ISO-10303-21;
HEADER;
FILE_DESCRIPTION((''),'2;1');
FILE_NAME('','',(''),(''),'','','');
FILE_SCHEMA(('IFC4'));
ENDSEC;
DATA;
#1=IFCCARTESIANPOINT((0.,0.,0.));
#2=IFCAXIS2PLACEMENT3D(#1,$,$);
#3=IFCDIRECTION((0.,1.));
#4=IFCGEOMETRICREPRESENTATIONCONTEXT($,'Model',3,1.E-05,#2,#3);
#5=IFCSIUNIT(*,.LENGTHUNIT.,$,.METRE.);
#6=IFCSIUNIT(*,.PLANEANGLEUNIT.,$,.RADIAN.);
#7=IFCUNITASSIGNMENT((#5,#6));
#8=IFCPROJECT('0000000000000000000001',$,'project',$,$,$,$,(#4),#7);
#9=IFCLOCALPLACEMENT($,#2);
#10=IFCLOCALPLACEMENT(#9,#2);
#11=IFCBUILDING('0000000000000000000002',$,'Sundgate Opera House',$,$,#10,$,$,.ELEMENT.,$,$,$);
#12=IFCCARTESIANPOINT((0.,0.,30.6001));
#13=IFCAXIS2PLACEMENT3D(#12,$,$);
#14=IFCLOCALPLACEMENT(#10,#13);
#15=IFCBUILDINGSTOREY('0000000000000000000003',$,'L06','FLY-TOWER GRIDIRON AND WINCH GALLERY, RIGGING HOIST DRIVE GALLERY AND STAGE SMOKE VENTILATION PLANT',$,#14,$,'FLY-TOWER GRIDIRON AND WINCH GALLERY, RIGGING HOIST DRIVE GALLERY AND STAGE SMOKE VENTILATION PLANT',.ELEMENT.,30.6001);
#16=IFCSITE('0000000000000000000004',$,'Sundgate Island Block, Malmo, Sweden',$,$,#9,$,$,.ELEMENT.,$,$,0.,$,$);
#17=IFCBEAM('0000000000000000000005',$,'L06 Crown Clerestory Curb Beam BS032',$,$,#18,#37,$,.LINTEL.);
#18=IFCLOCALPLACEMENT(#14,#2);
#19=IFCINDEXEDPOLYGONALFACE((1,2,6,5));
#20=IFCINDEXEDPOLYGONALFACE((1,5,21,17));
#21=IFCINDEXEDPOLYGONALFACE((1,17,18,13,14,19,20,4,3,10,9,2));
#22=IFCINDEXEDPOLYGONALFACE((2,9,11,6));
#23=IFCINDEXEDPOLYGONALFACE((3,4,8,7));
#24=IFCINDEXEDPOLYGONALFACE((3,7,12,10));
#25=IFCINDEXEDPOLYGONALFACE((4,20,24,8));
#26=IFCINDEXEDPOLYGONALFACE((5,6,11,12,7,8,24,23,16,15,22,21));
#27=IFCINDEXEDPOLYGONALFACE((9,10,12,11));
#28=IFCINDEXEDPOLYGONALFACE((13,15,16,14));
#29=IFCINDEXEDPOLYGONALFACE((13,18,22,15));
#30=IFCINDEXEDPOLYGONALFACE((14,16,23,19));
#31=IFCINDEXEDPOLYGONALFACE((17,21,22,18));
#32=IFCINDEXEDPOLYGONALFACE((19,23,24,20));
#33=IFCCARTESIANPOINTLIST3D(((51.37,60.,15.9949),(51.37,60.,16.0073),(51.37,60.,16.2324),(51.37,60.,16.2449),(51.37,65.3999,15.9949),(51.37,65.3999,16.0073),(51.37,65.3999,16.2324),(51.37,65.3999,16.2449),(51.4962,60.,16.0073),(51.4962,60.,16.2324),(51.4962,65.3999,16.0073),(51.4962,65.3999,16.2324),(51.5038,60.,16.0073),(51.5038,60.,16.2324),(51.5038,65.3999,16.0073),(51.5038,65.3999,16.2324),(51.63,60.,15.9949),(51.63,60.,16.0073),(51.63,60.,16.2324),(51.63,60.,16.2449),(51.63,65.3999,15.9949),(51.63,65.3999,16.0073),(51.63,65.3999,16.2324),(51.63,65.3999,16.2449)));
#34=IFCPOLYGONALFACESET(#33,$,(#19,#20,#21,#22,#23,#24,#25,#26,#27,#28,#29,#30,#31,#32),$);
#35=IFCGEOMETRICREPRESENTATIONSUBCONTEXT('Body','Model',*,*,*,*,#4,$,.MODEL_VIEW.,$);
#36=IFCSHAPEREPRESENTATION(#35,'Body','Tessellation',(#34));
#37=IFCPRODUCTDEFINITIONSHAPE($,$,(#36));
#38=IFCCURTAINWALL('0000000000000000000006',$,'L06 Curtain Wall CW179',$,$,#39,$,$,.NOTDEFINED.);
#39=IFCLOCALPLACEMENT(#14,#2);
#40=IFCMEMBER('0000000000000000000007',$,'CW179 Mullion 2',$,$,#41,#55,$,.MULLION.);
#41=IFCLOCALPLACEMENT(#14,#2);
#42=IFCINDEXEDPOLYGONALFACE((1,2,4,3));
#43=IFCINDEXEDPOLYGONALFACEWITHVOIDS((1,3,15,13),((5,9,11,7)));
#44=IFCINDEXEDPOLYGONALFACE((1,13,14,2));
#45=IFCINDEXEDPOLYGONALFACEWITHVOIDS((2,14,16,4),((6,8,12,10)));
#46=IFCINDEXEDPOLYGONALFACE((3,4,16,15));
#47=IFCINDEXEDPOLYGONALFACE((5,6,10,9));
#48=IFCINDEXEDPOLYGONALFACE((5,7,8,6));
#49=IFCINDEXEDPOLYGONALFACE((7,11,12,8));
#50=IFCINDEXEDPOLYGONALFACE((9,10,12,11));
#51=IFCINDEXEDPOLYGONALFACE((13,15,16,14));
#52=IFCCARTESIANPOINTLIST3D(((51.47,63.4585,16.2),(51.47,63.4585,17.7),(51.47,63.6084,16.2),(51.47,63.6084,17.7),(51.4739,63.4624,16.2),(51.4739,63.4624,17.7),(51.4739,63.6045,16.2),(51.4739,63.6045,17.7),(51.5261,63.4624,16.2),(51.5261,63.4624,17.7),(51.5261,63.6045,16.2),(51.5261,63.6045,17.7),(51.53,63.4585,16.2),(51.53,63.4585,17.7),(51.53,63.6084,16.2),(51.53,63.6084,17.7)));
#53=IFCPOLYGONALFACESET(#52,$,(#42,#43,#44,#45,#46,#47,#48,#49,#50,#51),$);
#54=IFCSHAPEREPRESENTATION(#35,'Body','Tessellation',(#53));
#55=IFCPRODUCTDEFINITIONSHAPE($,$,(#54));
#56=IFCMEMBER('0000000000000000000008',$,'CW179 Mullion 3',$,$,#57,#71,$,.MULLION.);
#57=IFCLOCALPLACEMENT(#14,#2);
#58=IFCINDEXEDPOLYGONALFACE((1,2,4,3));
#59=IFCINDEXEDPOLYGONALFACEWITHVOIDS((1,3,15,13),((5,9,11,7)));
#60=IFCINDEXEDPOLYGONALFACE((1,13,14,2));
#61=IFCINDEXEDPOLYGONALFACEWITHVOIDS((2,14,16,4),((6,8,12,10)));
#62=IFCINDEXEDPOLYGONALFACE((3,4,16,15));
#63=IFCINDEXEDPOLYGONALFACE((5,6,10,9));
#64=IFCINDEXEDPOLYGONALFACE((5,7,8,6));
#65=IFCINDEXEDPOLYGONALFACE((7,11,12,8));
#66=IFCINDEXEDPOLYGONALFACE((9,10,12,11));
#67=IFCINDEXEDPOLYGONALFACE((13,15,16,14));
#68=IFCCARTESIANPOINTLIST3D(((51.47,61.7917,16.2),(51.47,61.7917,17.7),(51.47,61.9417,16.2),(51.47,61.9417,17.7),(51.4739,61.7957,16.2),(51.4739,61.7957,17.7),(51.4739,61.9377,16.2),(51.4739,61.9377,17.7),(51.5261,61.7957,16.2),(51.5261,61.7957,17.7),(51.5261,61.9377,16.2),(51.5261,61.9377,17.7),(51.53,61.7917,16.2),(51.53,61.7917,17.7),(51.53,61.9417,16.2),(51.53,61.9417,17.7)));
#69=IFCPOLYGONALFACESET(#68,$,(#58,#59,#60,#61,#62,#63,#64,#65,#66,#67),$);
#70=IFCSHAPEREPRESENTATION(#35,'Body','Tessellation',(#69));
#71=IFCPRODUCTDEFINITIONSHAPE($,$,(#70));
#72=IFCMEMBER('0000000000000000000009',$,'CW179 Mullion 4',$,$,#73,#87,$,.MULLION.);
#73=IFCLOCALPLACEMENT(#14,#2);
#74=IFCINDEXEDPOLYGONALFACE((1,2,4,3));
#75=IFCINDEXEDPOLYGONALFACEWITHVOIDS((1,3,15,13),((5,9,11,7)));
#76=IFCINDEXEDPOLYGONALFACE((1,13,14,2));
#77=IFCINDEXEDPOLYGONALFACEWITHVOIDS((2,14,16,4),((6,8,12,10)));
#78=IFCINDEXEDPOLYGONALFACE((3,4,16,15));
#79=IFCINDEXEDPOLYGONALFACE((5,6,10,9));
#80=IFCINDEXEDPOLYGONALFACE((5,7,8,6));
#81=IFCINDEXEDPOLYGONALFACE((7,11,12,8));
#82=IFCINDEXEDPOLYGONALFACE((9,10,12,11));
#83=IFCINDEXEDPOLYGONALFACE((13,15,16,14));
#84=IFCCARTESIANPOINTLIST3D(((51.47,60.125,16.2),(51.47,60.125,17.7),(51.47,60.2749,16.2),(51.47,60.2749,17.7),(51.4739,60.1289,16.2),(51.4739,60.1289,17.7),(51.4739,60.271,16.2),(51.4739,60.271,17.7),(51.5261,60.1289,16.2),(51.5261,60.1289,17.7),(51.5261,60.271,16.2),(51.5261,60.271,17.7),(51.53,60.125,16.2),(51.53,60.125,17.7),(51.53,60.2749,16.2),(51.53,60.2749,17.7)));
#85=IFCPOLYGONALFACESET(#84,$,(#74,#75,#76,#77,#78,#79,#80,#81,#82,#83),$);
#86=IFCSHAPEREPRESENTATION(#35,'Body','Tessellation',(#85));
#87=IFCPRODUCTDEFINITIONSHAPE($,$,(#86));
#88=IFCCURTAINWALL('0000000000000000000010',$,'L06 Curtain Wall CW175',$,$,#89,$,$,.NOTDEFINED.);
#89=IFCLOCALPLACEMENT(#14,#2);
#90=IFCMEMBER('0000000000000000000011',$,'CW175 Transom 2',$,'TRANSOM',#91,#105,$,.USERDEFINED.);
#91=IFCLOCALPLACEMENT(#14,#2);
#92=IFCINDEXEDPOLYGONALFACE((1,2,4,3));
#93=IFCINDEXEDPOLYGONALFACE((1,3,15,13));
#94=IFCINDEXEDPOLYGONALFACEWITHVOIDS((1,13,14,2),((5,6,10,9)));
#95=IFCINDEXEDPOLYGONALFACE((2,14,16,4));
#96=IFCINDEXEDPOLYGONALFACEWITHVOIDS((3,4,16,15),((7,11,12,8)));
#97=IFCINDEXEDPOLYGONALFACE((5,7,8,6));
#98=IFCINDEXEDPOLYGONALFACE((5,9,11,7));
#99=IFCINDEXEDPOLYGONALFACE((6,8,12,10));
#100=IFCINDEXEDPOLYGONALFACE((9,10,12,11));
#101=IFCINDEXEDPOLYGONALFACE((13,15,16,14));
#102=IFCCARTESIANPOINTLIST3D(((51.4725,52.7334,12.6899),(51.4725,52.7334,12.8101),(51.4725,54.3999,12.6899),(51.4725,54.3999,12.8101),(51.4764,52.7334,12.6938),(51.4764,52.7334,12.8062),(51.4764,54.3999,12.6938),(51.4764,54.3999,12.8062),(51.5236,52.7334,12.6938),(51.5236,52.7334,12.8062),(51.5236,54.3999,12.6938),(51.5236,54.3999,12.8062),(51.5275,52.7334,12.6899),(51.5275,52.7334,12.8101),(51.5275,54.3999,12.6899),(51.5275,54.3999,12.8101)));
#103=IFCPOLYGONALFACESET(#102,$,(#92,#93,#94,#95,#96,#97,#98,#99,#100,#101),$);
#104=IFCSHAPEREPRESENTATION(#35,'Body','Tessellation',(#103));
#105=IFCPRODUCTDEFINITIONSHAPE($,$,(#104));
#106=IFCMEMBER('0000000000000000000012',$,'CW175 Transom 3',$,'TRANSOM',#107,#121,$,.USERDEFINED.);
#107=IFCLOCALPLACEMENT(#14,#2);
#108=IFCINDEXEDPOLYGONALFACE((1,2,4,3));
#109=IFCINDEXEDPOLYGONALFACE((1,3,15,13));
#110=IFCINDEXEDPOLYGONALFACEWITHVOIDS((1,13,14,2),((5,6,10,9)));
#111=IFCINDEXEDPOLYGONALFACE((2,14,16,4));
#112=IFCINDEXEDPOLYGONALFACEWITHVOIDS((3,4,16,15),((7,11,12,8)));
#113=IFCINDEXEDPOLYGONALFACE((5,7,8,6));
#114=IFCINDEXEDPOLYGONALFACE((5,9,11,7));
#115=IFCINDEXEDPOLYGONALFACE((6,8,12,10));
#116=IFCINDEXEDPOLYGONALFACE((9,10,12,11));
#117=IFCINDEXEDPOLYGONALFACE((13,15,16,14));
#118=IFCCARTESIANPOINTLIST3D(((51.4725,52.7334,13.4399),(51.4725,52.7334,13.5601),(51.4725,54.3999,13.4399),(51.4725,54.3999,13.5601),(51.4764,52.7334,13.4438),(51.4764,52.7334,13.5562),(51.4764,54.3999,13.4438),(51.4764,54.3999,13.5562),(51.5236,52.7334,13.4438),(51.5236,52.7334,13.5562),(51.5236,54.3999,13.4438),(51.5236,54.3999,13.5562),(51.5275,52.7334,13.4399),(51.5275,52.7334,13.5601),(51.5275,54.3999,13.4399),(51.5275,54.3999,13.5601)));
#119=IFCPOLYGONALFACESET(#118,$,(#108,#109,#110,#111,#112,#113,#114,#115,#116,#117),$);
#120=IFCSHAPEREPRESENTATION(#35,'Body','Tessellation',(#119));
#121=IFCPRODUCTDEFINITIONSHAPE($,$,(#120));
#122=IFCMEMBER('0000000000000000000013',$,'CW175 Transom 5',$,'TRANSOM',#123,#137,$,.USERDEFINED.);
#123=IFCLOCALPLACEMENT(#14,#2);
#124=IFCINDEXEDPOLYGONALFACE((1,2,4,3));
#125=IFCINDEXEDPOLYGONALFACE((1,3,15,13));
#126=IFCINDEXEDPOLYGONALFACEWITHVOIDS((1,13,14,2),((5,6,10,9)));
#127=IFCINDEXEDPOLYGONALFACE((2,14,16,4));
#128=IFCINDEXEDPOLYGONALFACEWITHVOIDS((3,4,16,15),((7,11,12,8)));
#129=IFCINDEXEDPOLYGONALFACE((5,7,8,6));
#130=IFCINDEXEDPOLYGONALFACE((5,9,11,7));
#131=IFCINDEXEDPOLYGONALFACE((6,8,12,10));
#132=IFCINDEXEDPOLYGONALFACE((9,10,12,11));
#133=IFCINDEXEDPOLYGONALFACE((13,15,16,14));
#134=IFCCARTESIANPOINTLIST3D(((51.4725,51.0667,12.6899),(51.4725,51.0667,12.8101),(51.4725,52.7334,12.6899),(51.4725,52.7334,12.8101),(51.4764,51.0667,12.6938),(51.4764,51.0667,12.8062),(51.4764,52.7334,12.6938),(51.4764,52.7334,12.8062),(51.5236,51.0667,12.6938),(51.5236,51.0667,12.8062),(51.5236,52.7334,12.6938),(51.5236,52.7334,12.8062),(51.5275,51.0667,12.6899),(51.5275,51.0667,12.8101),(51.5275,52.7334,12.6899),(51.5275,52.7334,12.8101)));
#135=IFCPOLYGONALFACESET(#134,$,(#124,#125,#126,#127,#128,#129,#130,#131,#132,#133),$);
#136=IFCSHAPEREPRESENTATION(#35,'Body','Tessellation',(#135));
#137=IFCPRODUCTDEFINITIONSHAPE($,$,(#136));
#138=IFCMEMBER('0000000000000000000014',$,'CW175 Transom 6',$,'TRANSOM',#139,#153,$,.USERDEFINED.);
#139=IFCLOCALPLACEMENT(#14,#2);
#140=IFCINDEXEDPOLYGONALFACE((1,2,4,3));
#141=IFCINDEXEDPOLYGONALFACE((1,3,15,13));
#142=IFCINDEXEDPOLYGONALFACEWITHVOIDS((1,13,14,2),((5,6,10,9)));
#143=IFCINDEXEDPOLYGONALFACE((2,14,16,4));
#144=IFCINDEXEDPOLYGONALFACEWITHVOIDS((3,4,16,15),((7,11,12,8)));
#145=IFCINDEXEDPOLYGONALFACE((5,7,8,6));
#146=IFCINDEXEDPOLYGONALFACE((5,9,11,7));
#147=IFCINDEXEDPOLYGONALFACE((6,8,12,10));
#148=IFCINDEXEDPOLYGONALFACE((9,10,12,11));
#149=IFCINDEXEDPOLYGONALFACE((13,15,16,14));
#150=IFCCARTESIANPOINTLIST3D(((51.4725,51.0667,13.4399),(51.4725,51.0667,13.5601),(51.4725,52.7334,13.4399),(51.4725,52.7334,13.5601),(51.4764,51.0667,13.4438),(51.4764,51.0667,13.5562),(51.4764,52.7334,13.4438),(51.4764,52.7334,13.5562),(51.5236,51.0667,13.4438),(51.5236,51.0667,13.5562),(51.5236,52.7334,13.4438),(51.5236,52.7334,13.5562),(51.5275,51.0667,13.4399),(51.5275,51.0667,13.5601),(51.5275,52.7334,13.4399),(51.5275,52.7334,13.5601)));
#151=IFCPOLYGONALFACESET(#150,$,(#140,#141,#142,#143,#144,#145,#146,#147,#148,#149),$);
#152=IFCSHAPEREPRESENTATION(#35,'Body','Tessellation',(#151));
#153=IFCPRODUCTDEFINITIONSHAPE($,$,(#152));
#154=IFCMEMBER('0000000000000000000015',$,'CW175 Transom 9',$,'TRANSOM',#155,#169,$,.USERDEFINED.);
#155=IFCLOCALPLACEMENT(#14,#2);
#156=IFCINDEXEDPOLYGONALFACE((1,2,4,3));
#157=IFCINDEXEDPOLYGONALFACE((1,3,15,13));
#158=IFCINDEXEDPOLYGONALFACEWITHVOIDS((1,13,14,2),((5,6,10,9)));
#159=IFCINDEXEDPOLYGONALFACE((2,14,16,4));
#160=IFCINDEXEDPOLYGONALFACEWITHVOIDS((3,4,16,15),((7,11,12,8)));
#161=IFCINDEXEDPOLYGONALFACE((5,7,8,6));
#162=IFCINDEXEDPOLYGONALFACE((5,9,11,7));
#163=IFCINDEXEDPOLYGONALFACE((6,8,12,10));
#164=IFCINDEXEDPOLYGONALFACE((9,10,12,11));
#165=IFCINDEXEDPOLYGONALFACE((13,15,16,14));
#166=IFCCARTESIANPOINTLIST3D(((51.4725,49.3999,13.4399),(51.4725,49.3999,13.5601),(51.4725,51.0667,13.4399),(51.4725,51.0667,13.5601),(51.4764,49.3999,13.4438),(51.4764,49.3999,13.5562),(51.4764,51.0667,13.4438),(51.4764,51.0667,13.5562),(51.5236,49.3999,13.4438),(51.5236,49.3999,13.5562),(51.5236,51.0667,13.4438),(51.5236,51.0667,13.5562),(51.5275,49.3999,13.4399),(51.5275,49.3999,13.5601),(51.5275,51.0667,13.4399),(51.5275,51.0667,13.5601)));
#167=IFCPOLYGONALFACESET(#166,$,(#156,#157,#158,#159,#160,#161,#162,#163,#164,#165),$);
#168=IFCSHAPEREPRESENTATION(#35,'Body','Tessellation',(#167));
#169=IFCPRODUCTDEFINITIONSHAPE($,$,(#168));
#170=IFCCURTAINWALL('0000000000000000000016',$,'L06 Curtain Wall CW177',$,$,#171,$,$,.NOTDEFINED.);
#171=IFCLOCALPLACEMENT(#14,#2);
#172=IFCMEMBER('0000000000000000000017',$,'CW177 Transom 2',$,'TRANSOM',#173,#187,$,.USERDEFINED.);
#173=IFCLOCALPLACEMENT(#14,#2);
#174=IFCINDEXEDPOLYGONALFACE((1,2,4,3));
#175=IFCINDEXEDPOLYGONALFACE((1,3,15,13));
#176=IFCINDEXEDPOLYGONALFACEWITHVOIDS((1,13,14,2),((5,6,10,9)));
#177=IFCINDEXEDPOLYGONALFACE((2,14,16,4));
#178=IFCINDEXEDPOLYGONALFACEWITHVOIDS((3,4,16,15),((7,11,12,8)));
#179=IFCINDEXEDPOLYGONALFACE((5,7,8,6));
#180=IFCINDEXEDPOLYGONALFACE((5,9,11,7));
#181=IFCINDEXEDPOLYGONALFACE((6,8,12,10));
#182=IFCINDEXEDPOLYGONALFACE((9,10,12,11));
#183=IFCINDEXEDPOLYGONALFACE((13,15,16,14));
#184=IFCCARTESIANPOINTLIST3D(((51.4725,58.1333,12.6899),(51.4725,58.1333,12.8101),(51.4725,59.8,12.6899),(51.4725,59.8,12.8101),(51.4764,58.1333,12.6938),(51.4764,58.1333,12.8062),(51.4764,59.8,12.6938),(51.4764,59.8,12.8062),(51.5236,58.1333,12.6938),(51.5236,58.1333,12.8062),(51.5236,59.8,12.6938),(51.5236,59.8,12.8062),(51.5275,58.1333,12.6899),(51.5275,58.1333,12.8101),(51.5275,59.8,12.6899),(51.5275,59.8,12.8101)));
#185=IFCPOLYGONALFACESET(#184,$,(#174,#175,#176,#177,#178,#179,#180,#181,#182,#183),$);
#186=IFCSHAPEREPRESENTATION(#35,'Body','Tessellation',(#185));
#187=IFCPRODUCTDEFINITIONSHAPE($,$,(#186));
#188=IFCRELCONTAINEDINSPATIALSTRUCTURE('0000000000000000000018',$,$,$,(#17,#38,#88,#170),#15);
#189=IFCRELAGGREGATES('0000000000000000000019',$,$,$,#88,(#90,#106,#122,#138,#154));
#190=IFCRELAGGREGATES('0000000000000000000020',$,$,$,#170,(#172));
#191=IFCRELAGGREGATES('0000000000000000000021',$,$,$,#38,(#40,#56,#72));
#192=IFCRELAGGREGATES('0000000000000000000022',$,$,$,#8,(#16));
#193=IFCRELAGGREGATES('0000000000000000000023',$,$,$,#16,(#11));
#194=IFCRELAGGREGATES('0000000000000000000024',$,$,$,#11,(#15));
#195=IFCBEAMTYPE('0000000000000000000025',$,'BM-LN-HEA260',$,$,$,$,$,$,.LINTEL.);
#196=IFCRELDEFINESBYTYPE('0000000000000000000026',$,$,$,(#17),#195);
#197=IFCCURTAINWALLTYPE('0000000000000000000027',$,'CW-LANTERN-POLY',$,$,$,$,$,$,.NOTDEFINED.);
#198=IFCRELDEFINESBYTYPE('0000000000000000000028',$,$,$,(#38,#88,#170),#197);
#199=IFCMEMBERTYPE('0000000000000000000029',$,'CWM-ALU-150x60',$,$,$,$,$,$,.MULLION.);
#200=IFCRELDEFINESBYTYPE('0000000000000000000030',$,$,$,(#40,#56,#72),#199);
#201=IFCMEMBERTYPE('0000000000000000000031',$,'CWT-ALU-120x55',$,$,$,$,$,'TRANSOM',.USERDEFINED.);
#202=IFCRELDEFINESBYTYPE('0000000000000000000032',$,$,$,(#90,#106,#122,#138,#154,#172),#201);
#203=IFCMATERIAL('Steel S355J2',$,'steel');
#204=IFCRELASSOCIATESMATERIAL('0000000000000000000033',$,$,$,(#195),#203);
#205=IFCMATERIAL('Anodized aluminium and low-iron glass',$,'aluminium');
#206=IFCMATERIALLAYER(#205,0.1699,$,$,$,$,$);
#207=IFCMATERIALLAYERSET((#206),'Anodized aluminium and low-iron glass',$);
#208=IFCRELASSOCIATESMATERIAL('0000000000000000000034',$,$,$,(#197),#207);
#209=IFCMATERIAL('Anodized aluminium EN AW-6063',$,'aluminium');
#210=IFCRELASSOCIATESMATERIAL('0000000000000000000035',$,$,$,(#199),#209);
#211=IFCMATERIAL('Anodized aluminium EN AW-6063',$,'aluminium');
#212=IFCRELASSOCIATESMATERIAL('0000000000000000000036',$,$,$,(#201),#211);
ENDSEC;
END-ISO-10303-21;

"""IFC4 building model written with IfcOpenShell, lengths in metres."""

from ifc_helpers import new_model, si_unit, direction, frame, origin, origin_2d, place, context, subcontext, project, spatial, hollow_rectangle, i_section, extrude, material, layer, layer_set, material_profile, profile_set, type_object, element, aggregate, save


model = new_model("IFC4")

# Units and contexts
model_context = context("Model", 3, precision=1e-05, world=origin(), true_north=direction((0.0, 1.0)))
body_context = subcontext(model_context, "Body", "Model", "MODEL_VIEW")
ifc_project = project(units=[si_unit("LENGTHUNIT", "METRE"), si_unit("PLANEANGLEUNIT", "RADIAN")], contexts=[model_context])

# Site, building, storey
site_placement = place(None, origin())
site = spatial("IfcSite", under=ifc_project, at=site_placement, Name="Sundgate Island Block, Malmo, Sweden", CompositionType="ELEMENT", RefElevation=0.0)
building_placement = place(site_placement, origin())
building = spatial("IfcBuilding", under=site, at=building_placement, Name="Sundgate Opera House", CompositionType="ELEMENT")
storey_placement = place(building_placement, frame((0.0, 0.0, 30.6001)))
storey = spatial("IfcBuildingStorey", under=building, at=storey_placement, Name="L06", Description="FLY-TOWER GRIDIRON AND WINCH GALLERY, RIGGING HOIST DRIVE GALLERY AND STAGE SMOKE VENTILATION PLANT", LongName="FLY-TOWER GRIDIRON AND WINCH GALLERY, RIGGING HOIST DRIVE GALLERY AND STAGE SMOKE VENTILATION PLANT", CompositionType="ELEMENT", Elevation=30.6001)

# Beam
ifc_material_1 = material(Name="Steel S355J2", Category="steel")
ifc_material_profile_1 = material_profile(ifc_material_1, i_section(OverallWidth=0.26, OverallDepth=0.25, WebThickness=0.0076, FlangeThickness=0.0125, at=origin_2d()), Name="HEA 260")
ifc_profile_set_1 = profile_set([ifc_material_profile_1], Name="Steel S355J2")
beam_type = type_object("IfcBeamType", Name="BM-LN-HEA260", PredefinedType="LINTEL", material=ifc_profile_set_1)
beam_placement = place(storey_placement, frame((51.5, 60.0, 16.1199), z_axis=(0.0, 1.0, 0.0), x_axis=(-1.0, 0.0, 0.0)))
element("IfcBeam", 1, at=beam_placement, inside=storey, type_object=beam_type, Name="L06 Crown Clerestory Curb Beam BS032", PredefinedType="LINTEL", context=body_context, shape_type="SweptSolid", body=[
    extrude(i_section(OverallWidth=0.26, OverallDepth=0.25, WebThickness=0.0076, FlangeThickness=0.0125, at=origin_2d()), origin(), (0.0, 0.0, 1.0), 5.3999),
])

# Curtain walls, members
ifc_material_2 = material(Name="Anodized aluminium and low-iron glass", Category="aluminium")
ifc_layer_1 = layer(ifc_material_2, 0.1699)
ifc_layer_set_1 = layer_set([ifc_layer_1], Name="Anodized aluminium and low-iron glass")
curtain_wall_type = type_object("IfcCurtainWallType", Name="CW-LANTERN-POLY", PredefinedType="NOTDEFINED", material=ifc_layer_set_1)
curtain_wall_1_placement = place(storey_placement, origin())
curtain_wall_1 = element("IfcCurtainWall", 2, at=curtain_wall_1_placement, inside=storey, type_object=curtain_wall_type, Name="L06 Curtain Wall CW179", PredefinedType="NOTDEFINED")
ifc_material_3 = material(Name="Anodized aluminium EN AW-6063", Category="aluminium")
ifc_material_profile_2 = material_profile(ifc_material_3, hollow_rectangle(XDim=0.0601, YDim=0.1499, WallThickness=0.0039, at=origin_2d()), Name="CWM 150x60x4")
ifc_profile_set_2 = profile_set([ifc_material_profile_2], Name="Anodized aluminium EN AW-6063")
member_type_1 = type_object("IfcMemberType", Name="CWM-ALU-150x60", PredefinedType="MULLION", material=ifc_profile_set_2)
member_1_placement = place(storey_placement, frame((51.5, 63.5334, 16.2), z_axis=(0.0, 0.0, 1.0), x_axis=(1.0, 0.0, 0.0)))
member_1 = element("IfcMember", 3, at=member_1_placement, type_object=member_type_1, Name="CW179 Mullion 2", PredefinedType="MULLION", context=body_context, shape_type="SweptSolid", body=[
    extrude(hollow_rectangle(XDim=0.0601, YDim=0.1499, WallThickness=0.0039, at=origin_2d()), origin(), (0.0, 0.0, 1.0), 1.5),
])
member_2_placement = place(storey_placement, frame((51.5, 61.8667, 16.2), z_axis=(0.0, 0.0, 1.0), x_axis=(1.0, 0.0, 0.0)))
member_2 = element("IfcMember", 4, at=member_2_placement, type_object=member_type_1, Name="CW179 Mullion 3", PredefinedType="MULLION", context=body_context, shape_type="SweptSolid", body=[
    extrude(hollow_rectangle(XDim=0.0601, YDim=0.1499, WallThickness=0.0039, at=origin_2d()), origin(), (0.0, 0.0, 1.0), 1.5),
])
member_3_placement = place(storey_placement, frame((51.5, 60.2, 16.2), z_axis=(0.0, 0.0, 1.0), x_axis=(1.0, 0.0, 0.0)))
member_3 = element("IfcMember", 5, at=member_3_placement, type_object=member_type_1, Name="CW179 Mullion 4", PredefinedType="MULLION", context=body_context, shape_type="SweptSolid", body=[
    extrude(hollow_rectangle(XDim=0.0601, YDim=0.1499, WallThickness=0.0039, at=origin_2d()), origin(), (0.0, 0.0, 1.0), 1.5),
])
curtain_wall_2_placement = place(storey_placement, origin())
curtain_wall_2 = element("IfcCurtainWall", 6, at=curtain_wall_2_placement, inside=storey, type_object=curtain_wall_type, Name="L06 Curtain Wall CW175", PredefinedType="NOTDEFINED")
ifc_material_4 = material(Name="Anodized aluminium EN AW-6063", Category="aluminium")
ifc_material_profile_3 = material_profile(ifc_material_4, hollow_rectangle(XDim=0.0549, YDim=0.1201, WallThickness=0.0039, at=origin_2d()), Name="CWT 120x55x4")
ifc_profile_set_3 = profile_set([ifc_material_profile_3], Name="Anodized aluminium EN AW-6063")
member_type_2 = type_object("IfcMemberType", Name="CWT-ALU-120x55", ElementType="TRANSOM", PredefinedType="USERDEFINED", material=ifc_profile_set_3)
member_4_placement = place(storey_placement, frame((51.5, 54.3999, 12.75), z_axis=(0.0, -1.0, 0.0), x_axis=(1.0, 0.0, 0.0)))
member_4 = element("IfcMember", 7, at=member_4_placement, type_object=member_type_2, Name="CW175 Transom 2", ObjectType="TRANSOM", PredefinedType="USERDEFINED", context=body_context, shape_type="SweptSolid", body=[
    extrude(hollow_rectangle(XDim=0.0549, YDim=0.1201, WallThickness=0.0039, at=origin_2d()), origin(), (0.0, 0.0, 1.0), 1.6665),
])
member_5_placement = place(storey_placement, frame((51.5, 54.3999, 13.5), z_axis=(0.0, -1.0, 0.0), x_axis=(1.0, 0.0, 0.0)))
member_5 = element("IfcMember", 8, at=member_5_placement, type_object=member_type_2, Name="CW175 Transom 3", ObjectType="TRANSOM", PredefinedType="USERDEFINED", context=body_context, shape_type="SweptSolid", body=[
    extrude(hollow_rectangle(XDim=0.0549, YDim=0.1201, WallThickness=0.0039, at=origin_2d()), origin(), (0.0, 0.0, 1.0), 1.6665),
])
member_6_placement = place(storey_placement, frame((51.5, 52.7334, 12.75), z_axis=(0.0, -1.0, 0.0), x_axis=(1.0, 0.0, 0.0)))
member_6 = element("IfcMember", 9, at=member_6_placement, type_object=member_type_2, Name="CW175 Transom 5", ObjectType="TRANSOM", PredefinedType="USERDEFINED", context=body_context, shape_type="SweptSolid", body=[
    extrude(hollow_rectangle(XDim=0.0549, YDim=0.1201, WallThickness=0.0039, at=origin_2d()), origin(), (0.0, 0.0, 1.0), 1.6667),
])
member_7_placement = place(storey_placement, frame((51.5, 52.7334, 13.5), z_axis=(0.0, -1.0, 0.0), x_axis=(1.0, 0.0, 0.0)))
member_7 = element("IfcMember", 10, at=member_7_placement, type_object=member_type_2, Name="CW175 Transom 6", ObjectType="TRANSOM", PredefinedType="USERDEFINED", context=body_context, shape_type="SweptSolid", body=[
    extrude(hollow_rectangle(XDim=0.0549, YDim=0.1201, WallThickness=0.0039, at=origin_2d()), origin(), (0.0, 0.0, 1.0), 1.6667),
])
member_8_placement = place(storey_placement, frame((51.5, 51.0667, 13.5), z_axis=(0.0, -1.0, 0.0), x_axis=(1.0, 0.0, 0.0)))
member_8 = element("IfcMember", 11, at=member_8_placement, type_object=member_type_2, Name="CW175 Transom 9", ObjectType="TRANSOM", PredefinedType="USERDEFINED", context=body_context, shape_type="SweptSolid", body=[
    extrude(hollow_rectangle(XDim=0.0549, YDim=0.1201, WallThickness=0.0039, at=origin_2d()), origin(), (0.0, 0.0, 1.0), 1.6667),
])
curtain_wall_3_placement = place(storey_placement, origin())
curtain_wall_3 = element("IfcCurtainWall", 12, at=curtain_wall_3_placement, inside=storey, type_object=curtain_wall_type, Name="L06 Curtain Wall CW177", PredefinedType="NOTDEFINED")
member_9_placement = place(storey_placement, frame((51.5, 59.8, 12.75), z_axis=(0.0, -1.0, 0.0), x_axis=(1.0, 0.0, 0.0)))
member_9 = element("IfcMember", 13, at=member_9_placement, type_object=member_type_2, Name="CW177 Transom 2", ObjectType="TRANSOM", PredefinedType="USERDEFINED", context=body_context, shape_type="SweptSolid", body=[
    extrude(hollow_rectangle(XDim=0.0549, YDim=0.1201, WallThickness=0.0039, at=origin_2d()), origin(), (0.0, 0.0, 1.0), 1.6667),
])

aggregate(curtain_wall_2, [member_4, member_5, member_6, member_7, member_8])
aggregate(curtain_wall_3, [member_9])
aggregate(curtain_wall_1, [member_1, member_2, member_3])

save(model, "model.ifc")
